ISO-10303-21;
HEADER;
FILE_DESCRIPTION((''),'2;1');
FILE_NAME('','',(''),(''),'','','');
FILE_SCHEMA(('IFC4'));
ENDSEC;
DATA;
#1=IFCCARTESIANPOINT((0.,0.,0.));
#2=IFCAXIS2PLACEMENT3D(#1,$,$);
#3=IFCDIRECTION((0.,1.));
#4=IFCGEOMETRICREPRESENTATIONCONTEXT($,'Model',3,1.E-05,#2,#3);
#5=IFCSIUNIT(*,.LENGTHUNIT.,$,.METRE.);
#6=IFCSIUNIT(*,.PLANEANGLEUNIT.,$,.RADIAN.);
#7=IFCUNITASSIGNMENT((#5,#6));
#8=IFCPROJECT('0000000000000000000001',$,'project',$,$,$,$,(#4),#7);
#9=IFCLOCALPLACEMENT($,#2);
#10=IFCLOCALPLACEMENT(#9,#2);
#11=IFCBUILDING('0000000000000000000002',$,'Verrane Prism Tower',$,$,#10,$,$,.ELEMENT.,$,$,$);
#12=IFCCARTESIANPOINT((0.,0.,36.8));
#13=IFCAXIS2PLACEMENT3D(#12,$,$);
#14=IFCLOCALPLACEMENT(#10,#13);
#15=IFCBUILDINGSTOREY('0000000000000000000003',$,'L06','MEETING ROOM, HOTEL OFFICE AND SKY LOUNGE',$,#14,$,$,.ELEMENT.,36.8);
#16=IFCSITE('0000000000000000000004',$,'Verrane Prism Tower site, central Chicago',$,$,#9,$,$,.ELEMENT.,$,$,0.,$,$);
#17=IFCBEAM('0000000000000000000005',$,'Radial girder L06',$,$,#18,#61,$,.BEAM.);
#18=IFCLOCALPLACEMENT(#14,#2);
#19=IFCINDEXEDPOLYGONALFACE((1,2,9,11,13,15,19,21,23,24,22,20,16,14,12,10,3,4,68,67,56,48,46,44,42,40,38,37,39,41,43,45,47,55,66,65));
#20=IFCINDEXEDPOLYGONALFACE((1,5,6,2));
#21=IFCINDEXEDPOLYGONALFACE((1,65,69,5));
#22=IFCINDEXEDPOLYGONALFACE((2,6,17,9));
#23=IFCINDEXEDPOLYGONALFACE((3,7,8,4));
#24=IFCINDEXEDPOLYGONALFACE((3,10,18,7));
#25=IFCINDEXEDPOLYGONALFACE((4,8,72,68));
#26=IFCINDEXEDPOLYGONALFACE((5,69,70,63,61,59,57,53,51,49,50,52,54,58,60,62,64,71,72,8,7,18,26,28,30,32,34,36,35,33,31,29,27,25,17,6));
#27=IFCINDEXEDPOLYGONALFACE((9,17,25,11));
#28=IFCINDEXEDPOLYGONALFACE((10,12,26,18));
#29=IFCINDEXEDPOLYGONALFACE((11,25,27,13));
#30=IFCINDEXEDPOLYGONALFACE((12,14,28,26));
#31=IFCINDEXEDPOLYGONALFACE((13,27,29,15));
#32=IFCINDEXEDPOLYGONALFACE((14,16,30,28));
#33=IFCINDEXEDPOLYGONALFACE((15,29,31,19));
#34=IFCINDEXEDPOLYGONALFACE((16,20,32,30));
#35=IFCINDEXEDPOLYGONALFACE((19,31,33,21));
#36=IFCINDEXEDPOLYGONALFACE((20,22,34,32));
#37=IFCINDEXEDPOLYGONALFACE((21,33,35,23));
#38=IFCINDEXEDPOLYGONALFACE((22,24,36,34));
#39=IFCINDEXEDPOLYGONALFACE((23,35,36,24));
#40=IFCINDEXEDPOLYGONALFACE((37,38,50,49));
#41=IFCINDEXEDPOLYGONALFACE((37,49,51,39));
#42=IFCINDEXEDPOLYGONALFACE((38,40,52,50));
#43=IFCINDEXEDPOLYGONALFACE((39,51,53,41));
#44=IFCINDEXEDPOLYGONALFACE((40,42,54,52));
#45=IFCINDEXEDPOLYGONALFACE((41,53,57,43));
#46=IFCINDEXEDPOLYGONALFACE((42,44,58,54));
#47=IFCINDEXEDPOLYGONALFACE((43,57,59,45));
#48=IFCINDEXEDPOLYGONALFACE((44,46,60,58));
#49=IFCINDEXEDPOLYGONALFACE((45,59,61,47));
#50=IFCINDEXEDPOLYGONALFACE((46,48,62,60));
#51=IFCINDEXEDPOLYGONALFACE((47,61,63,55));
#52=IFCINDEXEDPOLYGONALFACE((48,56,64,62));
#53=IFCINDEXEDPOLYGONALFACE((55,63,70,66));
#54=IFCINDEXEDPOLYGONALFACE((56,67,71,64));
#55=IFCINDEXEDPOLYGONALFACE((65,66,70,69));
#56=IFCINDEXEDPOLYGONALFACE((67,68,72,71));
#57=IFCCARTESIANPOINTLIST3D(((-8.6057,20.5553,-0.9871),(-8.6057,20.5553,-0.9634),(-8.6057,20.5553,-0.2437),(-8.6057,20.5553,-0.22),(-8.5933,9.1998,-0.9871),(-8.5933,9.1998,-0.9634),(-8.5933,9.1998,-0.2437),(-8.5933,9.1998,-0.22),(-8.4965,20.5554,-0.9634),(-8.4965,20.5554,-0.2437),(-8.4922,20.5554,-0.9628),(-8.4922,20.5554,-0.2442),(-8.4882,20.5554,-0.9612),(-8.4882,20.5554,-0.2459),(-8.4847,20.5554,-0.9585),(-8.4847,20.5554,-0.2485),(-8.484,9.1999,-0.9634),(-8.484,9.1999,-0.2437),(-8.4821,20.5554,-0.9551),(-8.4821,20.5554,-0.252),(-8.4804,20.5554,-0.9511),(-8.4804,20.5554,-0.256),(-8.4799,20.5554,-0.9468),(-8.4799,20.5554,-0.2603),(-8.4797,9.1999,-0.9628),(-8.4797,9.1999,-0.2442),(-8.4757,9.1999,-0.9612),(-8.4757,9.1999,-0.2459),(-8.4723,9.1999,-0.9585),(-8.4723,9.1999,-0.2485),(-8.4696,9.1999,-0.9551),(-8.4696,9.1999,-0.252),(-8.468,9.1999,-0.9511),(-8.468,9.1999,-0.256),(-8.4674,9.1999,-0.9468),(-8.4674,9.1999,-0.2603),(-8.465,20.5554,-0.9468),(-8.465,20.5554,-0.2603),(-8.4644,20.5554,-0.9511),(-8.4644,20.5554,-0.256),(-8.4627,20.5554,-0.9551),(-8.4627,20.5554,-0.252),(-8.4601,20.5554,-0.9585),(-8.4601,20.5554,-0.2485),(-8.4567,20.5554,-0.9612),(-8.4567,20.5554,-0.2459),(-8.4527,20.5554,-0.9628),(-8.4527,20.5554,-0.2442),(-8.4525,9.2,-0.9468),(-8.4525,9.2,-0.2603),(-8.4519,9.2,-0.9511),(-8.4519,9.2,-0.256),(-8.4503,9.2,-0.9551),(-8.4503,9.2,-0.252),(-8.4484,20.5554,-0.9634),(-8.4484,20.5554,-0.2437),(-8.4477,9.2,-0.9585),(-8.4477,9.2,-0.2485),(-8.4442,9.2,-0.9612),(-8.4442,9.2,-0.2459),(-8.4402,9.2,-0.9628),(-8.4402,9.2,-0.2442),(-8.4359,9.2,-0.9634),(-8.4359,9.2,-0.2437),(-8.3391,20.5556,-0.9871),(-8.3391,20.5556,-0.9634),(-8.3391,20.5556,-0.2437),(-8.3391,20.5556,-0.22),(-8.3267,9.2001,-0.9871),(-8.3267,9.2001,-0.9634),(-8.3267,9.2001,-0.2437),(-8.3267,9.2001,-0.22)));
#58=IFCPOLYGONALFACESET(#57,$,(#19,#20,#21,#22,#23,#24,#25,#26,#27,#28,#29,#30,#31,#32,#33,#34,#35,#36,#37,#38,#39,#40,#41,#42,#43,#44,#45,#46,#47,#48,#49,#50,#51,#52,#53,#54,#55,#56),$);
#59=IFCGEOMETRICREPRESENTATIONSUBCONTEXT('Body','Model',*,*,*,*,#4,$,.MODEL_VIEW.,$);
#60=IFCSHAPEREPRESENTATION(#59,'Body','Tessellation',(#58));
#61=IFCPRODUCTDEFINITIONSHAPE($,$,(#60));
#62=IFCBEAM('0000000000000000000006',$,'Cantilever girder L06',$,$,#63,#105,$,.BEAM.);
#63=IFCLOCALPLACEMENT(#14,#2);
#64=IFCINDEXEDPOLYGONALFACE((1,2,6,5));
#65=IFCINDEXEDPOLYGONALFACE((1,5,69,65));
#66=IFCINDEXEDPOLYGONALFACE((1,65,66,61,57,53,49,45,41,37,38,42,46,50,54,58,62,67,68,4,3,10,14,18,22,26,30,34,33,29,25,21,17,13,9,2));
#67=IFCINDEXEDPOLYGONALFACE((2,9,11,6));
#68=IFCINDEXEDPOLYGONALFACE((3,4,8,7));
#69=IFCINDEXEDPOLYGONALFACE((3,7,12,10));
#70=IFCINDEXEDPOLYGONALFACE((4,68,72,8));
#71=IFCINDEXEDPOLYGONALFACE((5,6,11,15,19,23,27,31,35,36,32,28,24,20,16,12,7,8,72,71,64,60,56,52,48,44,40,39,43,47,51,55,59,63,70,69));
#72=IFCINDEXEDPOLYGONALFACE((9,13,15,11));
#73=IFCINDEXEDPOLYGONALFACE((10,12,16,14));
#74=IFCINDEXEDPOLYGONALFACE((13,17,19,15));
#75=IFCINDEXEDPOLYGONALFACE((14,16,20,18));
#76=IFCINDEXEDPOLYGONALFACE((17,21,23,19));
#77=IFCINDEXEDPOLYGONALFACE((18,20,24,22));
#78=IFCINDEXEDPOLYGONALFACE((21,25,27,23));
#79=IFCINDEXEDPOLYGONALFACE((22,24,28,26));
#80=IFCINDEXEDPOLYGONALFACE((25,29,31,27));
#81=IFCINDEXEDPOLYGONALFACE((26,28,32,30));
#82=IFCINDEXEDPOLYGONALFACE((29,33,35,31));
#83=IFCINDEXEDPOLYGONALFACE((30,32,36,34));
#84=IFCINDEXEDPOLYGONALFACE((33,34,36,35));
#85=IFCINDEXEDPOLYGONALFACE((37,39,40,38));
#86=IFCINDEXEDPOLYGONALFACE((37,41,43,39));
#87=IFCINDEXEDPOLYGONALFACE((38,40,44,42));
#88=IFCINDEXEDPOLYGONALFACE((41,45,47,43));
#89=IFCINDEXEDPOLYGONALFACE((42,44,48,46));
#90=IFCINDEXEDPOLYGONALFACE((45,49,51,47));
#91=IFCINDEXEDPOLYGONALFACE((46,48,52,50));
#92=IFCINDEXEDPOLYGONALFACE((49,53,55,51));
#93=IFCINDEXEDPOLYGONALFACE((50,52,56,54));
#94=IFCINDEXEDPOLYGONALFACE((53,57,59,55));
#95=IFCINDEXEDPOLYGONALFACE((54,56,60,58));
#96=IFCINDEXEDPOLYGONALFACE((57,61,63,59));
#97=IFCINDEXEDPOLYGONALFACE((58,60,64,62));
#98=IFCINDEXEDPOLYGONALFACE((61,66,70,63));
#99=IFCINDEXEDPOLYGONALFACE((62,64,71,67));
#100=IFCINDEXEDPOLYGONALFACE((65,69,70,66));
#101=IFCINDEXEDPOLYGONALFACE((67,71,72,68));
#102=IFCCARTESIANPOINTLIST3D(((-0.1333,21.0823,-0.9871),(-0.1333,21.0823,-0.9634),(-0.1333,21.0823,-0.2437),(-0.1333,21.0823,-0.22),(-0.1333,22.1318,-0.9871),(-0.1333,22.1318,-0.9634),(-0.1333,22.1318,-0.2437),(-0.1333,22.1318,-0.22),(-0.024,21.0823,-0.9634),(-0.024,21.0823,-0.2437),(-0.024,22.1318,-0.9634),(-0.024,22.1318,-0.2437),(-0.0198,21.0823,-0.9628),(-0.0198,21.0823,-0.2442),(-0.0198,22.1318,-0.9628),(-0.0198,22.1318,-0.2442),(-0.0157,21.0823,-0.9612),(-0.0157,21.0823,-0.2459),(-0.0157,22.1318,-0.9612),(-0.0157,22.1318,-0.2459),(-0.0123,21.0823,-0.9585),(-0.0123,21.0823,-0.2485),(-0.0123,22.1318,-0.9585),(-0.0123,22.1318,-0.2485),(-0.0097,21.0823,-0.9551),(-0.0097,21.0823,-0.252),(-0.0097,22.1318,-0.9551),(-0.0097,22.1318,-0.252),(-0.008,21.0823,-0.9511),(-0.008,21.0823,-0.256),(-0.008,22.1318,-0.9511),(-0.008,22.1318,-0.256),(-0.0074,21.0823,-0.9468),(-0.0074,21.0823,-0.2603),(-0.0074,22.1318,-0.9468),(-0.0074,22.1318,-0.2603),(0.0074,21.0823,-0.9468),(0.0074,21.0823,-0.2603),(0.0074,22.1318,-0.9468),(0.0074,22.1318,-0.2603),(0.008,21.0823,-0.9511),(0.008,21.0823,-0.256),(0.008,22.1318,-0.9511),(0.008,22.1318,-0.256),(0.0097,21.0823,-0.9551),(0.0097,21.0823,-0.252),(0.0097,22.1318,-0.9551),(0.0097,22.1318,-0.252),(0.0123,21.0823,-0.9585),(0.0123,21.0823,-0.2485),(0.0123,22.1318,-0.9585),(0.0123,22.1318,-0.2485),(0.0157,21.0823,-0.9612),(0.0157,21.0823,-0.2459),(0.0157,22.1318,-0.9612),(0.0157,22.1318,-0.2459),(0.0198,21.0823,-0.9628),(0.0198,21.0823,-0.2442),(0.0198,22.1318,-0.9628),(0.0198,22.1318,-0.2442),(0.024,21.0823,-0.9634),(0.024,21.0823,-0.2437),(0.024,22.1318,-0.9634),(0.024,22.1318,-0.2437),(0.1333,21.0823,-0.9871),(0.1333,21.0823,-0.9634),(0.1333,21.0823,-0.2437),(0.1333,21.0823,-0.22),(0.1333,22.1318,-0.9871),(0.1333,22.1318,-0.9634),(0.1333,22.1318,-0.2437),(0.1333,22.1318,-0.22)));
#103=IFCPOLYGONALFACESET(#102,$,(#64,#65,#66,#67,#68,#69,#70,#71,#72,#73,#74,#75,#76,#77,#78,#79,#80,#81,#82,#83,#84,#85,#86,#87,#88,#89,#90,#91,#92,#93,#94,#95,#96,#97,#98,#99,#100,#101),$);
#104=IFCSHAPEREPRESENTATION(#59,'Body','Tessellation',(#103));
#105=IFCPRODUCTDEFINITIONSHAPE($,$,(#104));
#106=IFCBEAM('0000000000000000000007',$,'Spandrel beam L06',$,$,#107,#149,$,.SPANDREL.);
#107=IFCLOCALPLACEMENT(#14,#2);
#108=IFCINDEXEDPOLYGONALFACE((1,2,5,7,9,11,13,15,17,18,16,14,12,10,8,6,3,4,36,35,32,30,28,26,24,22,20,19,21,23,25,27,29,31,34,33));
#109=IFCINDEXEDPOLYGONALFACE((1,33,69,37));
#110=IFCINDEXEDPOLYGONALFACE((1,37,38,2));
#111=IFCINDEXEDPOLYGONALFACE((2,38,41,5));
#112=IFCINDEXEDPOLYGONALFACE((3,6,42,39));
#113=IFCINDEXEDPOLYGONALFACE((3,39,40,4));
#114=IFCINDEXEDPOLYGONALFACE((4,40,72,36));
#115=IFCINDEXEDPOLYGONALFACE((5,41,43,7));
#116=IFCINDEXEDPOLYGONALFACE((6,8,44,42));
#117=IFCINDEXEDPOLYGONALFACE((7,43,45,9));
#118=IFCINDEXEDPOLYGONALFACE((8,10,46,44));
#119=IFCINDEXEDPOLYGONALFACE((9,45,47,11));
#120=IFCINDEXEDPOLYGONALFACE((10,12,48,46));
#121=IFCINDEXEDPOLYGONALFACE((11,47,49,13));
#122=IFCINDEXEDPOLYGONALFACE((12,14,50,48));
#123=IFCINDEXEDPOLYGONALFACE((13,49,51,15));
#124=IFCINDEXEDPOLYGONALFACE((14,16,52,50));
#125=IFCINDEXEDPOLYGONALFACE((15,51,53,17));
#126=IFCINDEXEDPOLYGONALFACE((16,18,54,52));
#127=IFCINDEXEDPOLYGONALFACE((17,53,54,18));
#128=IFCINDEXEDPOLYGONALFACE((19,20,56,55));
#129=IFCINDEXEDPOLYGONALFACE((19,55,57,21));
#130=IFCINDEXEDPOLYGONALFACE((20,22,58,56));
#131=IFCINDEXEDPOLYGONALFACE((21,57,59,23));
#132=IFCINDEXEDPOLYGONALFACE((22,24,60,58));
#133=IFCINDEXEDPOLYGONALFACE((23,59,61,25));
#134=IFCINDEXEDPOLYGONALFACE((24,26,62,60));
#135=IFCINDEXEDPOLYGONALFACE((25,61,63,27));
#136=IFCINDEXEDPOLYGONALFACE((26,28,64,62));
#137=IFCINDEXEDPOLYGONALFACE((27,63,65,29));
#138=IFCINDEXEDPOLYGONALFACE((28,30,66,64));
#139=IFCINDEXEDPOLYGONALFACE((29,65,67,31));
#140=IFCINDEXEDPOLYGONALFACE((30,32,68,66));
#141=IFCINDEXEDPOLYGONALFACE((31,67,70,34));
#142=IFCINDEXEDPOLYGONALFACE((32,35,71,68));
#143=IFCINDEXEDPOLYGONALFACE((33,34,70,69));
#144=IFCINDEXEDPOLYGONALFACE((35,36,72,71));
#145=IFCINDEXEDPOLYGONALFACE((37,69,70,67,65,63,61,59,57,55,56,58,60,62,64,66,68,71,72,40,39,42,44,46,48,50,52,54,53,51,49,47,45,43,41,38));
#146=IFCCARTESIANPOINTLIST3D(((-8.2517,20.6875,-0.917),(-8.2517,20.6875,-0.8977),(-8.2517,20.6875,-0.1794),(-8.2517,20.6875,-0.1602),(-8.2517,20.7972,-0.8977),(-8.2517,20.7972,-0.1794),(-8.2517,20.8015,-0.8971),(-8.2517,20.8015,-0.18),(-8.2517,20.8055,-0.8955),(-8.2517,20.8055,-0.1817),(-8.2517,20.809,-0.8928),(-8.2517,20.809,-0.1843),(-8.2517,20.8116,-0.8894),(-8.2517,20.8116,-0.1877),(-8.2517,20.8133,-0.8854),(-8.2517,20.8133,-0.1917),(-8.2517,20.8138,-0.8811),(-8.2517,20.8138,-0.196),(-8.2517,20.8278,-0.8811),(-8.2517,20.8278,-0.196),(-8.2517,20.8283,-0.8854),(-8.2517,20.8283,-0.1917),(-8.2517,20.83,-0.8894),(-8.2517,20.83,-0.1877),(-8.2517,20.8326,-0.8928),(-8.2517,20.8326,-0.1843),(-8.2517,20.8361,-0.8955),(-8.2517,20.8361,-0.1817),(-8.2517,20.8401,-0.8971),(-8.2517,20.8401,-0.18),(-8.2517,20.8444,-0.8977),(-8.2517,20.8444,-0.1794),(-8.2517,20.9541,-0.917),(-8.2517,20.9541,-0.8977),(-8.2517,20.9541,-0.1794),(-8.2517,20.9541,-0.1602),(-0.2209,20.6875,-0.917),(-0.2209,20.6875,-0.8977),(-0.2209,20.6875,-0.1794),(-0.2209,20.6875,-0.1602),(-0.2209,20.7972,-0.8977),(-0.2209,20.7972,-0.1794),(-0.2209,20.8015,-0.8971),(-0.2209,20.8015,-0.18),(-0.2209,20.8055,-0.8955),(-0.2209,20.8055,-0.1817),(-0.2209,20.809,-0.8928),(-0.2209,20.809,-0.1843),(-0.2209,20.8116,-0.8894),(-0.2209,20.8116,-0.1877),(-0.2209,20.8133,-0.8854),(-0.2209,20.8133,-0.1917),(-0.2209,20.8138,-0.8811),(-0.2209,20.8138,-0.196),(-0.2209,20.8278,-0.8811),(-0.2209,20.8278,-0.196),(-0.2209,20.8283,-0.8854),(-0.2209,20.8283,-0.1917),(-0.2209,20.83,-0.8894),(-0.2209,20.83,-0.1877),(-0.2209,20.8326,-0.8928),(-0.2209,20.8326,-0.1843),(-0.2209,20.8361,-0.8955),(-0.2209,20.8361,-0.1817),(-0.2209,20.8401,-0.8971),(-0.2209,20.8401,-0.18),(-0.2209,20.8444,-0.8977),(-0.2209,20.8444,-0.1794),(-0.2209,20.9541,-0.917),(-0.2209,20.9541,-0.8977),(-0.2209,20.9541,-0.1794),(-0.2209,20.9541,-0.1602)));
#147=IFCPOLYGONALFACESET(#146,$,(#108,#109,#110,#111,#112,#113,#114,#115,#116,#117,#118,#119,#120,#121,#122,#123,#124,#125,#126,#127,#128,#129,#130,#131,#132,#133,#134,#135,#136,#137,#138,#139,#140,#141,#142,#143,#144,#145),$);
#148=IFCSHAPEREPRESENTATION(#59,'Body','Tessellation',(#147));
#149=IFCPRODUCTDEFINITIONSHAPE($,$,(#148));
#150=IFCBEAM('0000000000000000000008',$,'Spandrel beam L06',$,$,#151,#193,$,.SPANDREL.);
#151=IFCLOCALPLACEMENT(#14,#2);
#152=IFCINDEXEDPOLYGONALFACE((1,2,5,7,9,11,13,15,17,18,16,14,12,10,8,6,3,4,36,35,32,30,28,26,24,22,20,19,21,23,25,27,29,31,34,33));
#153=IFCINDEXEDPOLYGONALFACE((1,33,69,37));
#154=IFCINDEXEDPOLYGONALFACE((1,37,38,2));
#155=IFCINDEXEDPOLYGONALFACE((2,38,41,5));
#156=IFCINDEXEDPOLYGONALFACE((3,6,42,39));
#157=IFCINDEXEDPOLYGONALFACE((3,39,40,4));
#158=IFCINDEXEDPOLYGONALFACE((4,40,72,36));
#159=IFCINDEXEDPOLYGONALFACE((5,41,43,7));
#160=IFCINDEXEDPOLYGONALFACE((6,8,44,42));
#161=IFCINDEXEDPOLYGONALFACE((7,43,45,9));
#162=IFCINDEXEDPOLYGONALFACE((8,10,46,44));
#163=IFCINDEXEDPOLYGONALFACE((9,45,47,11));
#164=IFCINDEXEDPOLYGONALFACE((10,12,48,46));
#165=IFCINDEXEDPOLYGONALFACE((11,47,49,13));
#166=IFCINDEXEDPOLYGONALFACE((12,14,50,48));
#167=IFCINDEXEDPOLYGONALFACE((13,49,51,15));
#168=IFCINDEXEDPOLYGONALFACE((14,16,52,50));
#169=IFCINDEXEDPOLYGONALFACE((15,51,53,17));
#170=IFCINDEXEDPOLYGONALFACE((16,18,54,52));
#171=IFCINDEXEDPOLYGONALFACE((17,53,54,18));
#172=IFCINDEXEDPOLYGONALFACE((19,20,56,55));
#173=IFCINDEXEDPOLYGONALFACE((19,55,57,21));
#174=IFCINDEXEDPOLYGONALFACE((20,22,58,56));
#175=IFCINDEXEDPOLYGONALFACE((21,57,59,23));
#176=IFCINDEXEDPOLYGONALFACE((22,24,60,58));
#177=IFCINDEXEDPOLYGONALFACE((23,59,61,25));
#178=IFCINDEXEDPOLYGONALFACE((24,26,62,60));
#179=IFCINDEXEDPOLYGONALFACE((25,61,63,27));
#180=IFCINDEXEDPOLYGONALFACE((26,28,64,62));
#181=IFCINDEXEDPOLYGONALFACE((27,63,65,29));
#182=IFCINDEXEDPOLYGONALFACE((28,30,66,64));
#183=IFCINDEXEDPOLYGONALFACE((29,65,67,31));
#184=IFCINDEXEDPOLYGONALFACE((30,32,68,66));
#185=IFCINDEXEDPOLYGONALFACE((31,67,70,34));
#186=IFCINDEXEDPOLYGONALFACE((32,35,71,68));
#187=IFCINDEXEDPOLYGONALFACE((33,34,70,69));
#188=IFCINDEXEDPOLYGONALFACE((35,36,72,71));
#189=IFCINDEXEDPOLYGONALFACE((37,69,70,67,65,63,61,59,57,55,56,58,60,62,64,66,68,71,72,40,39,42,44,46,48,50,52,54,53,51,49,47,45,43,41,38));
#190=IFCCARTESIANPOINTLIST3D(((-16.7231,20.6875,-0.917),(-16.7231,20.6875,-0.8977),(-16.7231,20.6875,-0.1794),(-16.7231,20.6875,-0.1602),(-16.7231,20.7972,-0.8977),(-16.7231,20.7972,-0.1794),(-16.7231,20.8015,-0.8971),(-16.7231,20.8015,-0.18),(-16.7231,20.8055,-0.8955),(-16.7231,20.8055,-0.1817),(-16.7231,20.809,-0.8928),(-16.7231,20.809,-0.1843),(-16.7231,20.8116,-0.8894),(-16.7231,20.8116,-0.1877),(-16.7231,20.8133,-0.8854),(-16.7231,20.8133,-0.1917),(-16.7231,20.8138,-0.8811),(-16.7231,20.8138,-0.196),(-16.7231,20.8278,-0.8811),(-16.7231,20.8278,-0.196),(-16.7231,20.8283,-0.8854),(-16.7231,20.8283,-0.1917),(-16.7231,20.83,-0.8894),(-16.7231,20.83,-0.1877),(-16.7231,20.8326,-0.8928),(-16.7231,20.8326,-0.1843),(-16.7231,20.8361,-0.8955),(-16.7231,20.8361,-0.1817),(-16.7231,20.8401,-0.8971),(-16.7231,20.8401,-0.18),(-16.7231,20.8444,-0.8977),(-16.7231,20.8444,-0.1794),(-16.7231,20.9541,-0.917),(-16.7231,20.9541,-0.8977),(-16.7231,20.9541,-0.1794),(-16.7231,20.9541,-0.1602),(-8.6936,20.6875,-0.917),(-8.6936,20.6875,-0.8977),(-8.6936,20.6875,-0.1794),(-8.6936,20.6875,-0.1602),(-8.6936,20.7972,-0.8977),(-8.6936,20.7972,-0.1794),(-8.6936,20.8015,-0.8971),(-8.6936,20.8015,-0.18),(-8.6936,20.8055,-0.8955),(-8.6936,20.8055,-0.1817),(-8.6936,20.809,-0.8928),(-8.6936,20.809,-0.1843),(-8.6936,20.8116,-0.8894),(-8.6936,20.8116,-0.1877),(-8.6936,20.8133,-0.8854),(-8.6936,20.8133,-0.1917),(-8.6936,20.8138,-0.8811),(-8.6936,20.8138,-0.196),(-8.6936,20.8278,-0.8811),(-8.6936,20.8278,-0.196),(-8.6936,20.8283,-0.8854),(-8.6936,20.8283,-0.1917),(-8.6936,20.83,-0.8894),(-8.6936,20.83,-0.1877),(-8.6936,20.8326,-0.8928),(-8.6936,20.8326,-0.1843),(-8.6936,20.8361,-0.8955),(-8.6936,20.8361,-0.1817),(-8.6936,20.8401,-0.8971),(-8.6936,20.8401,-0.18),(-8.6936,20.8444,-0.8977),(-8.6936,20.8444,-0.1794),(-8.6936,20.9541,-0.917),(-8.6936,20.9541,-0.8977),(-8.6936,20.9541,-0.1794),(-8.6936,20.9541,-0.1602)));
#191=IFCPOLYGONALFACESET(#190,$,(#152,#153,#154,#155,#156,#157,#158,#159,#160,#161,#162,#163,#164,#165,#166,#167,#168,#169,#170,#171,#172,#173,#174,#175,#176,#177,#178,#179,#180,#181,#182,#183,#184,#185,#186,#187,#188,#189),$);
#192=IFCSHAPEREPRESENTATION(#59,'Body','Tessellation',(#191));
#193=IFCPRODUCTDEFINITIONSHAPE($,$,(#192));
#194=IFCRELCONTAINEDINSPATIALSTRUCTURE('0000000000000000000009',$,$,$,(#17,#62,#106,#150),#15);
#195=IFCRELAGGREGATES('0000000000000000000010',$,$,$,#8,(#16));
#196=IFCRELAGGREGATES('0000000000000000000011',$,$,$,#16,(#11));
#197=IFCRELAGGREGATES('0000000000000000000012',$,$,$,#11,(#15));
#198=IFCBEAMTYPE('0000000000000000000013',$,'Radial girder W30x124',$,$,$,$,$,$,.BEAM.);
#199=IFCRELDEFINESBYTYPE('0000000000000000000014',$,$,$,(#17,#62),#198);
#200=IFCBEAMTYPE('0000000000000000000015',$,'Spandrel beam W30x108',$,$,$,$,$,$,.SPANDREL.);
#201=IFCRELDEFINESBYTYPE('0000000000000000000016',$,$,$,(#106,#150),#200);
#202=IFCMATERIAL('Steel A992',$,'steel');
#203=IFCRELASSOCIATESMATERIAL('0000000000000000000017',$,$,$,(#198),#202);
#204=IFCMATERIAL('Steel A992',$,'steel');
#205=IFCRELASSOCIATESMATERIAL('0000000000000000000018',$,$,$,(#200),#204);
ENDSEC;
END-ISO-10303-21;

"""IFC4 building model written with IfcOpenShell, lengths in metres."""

from ifc_helpers import new_model, si_unit, direction, frame, origin, origin_2d, place, context, subcontext, project, spatial, i_section, extrude, material, material_profile, profile_set, type_object, element, save


model = new_model("IFC4")

# Units and contexts
model_context = context("Model", 3, precision=1e-05, world=origin(), true_north=direction((0.0, 1.0)))
body_context = subcontext(model_context, "Body", "Model", "MODEL_VIEW")
ifc_project = project(units=[si_unit("LENGTHUNIT", "METRE"), si_unit("PLANEANGLEUNIT", "RADIAN")], contexts=[model_context])

# Site, building, storey
site_placement = place(None, origin())
site = spatial("IfcSite", under=ifc_project, at=site_placement, Name="Verrane Prism Tower site, central Chicago", CompositionType="ELEMENT", RefElevation=0.0)
building_placement = place(site_placement, origin())
building = spatial("IfcBuilding", under=site, at=building_placement, Name="Verrane Prism Tower", CompositionType="ELEMENT")
storey_placement = place(building_placement, frame((0.0, 0.0, 36.8)))
storey = spatial("IfcBuildingStorey", under=building, at=storey_placement, Name="L06", Description="MEETING ROOM, HOTEL OFFICE AND SKY LOUNGE", CompositionType="ELEMENT", Elevation=36.8)

# Beams
ifc_material_1 = material(Name="Steel A992", Category="steel")
ifc_material_profile_1 = material_profile(ifc_material_1, i_section(OverallWidth=0.2666, OverallDepth=0.7671, WebThickness=0.0149, FlangeThickness=0.0237, FilletRadius=0.0166, at=origin_2d()), Name="W30x124")
ifc_profile_set_1 = profile_set([ifc_material_profile_1], Name="Steel A992")
beam_type_1 = type_object("IfcBeamType", Name="Radial girder W30x124", PredefinedType="BEAM", material=ifc_profile_set_1)
for number, where, z_axis, x_axis, name in (
    (1, (-8.4724, 20.5554, -0.6035), (0.001096, -0.999999, 0.0), (0.999999, 0.001096, 0.0), "Radial girder L06"),
):
    element("IfcBeam", number, at=place(storey_placement, frame(where, z_axis=z_axis, x_axis=x_axis)), inside=storey, type_object=beam_type_1, Name=name, PredefinedType="BEAM", context=body_context, shape_type="SweptSolid", body=[
        extrude(i_section(OverallWidth=0.2666, OverallDepth=0.7671, WebThickness=0.0149, FlangeThickness=0.0237, FilletRadius=0.0166, at=origin_2d()), origin(), (0.0, 0.0, 1.0), 11.3555),
    ])
beam_1_placement = place(storey_placement, frame((0.0, 21.0823, -0.6035), z_axis=(0.0, 1.0, 0.0), x_axis=(-1.0, 0.0, 0.0)))
element("IfcBeam", 2, at=beam_1_placement, inside=storey, type_object=beam_type_1, Name="Cantilever girder L06", PredefinedType="BEAM", context=body_context, shape_type="SweptSolid", body=[
    extrude(i_section(OverallWidth=0.2666, OverallDepth=0.7671, WebThickness=0.0149, FlangeThickness=0.0237, FilletRadius=0.0166, at=origin_2d()), origin(), (0.0, 0.0, 1.0), 1.0496),
])
ifc_material_2 = material(Name="Steel A992", Category="steel")
ifc_material_profile_2 = material_profile(ifc_material_2, i_section(OverallWidth=0.2666, OverallDepth=0.7568, WebThickness=0.0139, FlangeThickness=0.0193, FilletRadius=0.0166, at=origin_2d()), Name="W30x108")
ifc_profile_set_2 = profile_set([ifc_material_profile_2], Name="Steel A992")
beam_type_2 = type_object("IfcBeamType", Name="Spandrel beam W30x108", PredefinedType="SPANDREL", material=ifc_profile_set_2)
beam_2_placement = place(storey_placement, frame((-0.2209, 20.8208, -0.5386), z_axis=(-1.0, 0.0, 0.0), x_axis=(0.0, -1.0, 0.0)))
element("IfcBeam", 3, at=beam_2_placement, inside=storey, type_object=beam_type_2, Name="Spandrel beam L06", PredefinedType="SPANDREL", context=body_context, shape_type="SweptSolid", body=[
    extrude(i_section(OverallWidth=0.2666, OverallDepth=0.7568, WebThickness=0.0139, FlangeThickness=0.0193, FilletRadius=0.0166, at=origin_2d()), origin(), (0.0, 0.0, 1.0), 8.0308),
])
beam_3_placement = place(storey_placement, frame((-8.6936, 20.8208, -0.5386), z_axis=(-1.0, 0.0, 0.0), x_axis=(0.0, -1.0, 0.0)))
element("IfcBeam", 4, at=beam_3_placement, inside=storey, type_object=beam_type_2, Name="Spandrel beam L06", PredefinedType="SPANDREL", context=body_context, shape_type="SweptSolid", body=[
    extrude(i_section(OverallWidth=0.2666, OverallDepth=0.7568, WebThickness=0.0139, FlangeThickness=0.0193, FilletRadius=0.0166, at=origin_2d()), origin(), (0.0, 0.0, 1.0), 8.0295),
])

save(model, "model.ifc")
